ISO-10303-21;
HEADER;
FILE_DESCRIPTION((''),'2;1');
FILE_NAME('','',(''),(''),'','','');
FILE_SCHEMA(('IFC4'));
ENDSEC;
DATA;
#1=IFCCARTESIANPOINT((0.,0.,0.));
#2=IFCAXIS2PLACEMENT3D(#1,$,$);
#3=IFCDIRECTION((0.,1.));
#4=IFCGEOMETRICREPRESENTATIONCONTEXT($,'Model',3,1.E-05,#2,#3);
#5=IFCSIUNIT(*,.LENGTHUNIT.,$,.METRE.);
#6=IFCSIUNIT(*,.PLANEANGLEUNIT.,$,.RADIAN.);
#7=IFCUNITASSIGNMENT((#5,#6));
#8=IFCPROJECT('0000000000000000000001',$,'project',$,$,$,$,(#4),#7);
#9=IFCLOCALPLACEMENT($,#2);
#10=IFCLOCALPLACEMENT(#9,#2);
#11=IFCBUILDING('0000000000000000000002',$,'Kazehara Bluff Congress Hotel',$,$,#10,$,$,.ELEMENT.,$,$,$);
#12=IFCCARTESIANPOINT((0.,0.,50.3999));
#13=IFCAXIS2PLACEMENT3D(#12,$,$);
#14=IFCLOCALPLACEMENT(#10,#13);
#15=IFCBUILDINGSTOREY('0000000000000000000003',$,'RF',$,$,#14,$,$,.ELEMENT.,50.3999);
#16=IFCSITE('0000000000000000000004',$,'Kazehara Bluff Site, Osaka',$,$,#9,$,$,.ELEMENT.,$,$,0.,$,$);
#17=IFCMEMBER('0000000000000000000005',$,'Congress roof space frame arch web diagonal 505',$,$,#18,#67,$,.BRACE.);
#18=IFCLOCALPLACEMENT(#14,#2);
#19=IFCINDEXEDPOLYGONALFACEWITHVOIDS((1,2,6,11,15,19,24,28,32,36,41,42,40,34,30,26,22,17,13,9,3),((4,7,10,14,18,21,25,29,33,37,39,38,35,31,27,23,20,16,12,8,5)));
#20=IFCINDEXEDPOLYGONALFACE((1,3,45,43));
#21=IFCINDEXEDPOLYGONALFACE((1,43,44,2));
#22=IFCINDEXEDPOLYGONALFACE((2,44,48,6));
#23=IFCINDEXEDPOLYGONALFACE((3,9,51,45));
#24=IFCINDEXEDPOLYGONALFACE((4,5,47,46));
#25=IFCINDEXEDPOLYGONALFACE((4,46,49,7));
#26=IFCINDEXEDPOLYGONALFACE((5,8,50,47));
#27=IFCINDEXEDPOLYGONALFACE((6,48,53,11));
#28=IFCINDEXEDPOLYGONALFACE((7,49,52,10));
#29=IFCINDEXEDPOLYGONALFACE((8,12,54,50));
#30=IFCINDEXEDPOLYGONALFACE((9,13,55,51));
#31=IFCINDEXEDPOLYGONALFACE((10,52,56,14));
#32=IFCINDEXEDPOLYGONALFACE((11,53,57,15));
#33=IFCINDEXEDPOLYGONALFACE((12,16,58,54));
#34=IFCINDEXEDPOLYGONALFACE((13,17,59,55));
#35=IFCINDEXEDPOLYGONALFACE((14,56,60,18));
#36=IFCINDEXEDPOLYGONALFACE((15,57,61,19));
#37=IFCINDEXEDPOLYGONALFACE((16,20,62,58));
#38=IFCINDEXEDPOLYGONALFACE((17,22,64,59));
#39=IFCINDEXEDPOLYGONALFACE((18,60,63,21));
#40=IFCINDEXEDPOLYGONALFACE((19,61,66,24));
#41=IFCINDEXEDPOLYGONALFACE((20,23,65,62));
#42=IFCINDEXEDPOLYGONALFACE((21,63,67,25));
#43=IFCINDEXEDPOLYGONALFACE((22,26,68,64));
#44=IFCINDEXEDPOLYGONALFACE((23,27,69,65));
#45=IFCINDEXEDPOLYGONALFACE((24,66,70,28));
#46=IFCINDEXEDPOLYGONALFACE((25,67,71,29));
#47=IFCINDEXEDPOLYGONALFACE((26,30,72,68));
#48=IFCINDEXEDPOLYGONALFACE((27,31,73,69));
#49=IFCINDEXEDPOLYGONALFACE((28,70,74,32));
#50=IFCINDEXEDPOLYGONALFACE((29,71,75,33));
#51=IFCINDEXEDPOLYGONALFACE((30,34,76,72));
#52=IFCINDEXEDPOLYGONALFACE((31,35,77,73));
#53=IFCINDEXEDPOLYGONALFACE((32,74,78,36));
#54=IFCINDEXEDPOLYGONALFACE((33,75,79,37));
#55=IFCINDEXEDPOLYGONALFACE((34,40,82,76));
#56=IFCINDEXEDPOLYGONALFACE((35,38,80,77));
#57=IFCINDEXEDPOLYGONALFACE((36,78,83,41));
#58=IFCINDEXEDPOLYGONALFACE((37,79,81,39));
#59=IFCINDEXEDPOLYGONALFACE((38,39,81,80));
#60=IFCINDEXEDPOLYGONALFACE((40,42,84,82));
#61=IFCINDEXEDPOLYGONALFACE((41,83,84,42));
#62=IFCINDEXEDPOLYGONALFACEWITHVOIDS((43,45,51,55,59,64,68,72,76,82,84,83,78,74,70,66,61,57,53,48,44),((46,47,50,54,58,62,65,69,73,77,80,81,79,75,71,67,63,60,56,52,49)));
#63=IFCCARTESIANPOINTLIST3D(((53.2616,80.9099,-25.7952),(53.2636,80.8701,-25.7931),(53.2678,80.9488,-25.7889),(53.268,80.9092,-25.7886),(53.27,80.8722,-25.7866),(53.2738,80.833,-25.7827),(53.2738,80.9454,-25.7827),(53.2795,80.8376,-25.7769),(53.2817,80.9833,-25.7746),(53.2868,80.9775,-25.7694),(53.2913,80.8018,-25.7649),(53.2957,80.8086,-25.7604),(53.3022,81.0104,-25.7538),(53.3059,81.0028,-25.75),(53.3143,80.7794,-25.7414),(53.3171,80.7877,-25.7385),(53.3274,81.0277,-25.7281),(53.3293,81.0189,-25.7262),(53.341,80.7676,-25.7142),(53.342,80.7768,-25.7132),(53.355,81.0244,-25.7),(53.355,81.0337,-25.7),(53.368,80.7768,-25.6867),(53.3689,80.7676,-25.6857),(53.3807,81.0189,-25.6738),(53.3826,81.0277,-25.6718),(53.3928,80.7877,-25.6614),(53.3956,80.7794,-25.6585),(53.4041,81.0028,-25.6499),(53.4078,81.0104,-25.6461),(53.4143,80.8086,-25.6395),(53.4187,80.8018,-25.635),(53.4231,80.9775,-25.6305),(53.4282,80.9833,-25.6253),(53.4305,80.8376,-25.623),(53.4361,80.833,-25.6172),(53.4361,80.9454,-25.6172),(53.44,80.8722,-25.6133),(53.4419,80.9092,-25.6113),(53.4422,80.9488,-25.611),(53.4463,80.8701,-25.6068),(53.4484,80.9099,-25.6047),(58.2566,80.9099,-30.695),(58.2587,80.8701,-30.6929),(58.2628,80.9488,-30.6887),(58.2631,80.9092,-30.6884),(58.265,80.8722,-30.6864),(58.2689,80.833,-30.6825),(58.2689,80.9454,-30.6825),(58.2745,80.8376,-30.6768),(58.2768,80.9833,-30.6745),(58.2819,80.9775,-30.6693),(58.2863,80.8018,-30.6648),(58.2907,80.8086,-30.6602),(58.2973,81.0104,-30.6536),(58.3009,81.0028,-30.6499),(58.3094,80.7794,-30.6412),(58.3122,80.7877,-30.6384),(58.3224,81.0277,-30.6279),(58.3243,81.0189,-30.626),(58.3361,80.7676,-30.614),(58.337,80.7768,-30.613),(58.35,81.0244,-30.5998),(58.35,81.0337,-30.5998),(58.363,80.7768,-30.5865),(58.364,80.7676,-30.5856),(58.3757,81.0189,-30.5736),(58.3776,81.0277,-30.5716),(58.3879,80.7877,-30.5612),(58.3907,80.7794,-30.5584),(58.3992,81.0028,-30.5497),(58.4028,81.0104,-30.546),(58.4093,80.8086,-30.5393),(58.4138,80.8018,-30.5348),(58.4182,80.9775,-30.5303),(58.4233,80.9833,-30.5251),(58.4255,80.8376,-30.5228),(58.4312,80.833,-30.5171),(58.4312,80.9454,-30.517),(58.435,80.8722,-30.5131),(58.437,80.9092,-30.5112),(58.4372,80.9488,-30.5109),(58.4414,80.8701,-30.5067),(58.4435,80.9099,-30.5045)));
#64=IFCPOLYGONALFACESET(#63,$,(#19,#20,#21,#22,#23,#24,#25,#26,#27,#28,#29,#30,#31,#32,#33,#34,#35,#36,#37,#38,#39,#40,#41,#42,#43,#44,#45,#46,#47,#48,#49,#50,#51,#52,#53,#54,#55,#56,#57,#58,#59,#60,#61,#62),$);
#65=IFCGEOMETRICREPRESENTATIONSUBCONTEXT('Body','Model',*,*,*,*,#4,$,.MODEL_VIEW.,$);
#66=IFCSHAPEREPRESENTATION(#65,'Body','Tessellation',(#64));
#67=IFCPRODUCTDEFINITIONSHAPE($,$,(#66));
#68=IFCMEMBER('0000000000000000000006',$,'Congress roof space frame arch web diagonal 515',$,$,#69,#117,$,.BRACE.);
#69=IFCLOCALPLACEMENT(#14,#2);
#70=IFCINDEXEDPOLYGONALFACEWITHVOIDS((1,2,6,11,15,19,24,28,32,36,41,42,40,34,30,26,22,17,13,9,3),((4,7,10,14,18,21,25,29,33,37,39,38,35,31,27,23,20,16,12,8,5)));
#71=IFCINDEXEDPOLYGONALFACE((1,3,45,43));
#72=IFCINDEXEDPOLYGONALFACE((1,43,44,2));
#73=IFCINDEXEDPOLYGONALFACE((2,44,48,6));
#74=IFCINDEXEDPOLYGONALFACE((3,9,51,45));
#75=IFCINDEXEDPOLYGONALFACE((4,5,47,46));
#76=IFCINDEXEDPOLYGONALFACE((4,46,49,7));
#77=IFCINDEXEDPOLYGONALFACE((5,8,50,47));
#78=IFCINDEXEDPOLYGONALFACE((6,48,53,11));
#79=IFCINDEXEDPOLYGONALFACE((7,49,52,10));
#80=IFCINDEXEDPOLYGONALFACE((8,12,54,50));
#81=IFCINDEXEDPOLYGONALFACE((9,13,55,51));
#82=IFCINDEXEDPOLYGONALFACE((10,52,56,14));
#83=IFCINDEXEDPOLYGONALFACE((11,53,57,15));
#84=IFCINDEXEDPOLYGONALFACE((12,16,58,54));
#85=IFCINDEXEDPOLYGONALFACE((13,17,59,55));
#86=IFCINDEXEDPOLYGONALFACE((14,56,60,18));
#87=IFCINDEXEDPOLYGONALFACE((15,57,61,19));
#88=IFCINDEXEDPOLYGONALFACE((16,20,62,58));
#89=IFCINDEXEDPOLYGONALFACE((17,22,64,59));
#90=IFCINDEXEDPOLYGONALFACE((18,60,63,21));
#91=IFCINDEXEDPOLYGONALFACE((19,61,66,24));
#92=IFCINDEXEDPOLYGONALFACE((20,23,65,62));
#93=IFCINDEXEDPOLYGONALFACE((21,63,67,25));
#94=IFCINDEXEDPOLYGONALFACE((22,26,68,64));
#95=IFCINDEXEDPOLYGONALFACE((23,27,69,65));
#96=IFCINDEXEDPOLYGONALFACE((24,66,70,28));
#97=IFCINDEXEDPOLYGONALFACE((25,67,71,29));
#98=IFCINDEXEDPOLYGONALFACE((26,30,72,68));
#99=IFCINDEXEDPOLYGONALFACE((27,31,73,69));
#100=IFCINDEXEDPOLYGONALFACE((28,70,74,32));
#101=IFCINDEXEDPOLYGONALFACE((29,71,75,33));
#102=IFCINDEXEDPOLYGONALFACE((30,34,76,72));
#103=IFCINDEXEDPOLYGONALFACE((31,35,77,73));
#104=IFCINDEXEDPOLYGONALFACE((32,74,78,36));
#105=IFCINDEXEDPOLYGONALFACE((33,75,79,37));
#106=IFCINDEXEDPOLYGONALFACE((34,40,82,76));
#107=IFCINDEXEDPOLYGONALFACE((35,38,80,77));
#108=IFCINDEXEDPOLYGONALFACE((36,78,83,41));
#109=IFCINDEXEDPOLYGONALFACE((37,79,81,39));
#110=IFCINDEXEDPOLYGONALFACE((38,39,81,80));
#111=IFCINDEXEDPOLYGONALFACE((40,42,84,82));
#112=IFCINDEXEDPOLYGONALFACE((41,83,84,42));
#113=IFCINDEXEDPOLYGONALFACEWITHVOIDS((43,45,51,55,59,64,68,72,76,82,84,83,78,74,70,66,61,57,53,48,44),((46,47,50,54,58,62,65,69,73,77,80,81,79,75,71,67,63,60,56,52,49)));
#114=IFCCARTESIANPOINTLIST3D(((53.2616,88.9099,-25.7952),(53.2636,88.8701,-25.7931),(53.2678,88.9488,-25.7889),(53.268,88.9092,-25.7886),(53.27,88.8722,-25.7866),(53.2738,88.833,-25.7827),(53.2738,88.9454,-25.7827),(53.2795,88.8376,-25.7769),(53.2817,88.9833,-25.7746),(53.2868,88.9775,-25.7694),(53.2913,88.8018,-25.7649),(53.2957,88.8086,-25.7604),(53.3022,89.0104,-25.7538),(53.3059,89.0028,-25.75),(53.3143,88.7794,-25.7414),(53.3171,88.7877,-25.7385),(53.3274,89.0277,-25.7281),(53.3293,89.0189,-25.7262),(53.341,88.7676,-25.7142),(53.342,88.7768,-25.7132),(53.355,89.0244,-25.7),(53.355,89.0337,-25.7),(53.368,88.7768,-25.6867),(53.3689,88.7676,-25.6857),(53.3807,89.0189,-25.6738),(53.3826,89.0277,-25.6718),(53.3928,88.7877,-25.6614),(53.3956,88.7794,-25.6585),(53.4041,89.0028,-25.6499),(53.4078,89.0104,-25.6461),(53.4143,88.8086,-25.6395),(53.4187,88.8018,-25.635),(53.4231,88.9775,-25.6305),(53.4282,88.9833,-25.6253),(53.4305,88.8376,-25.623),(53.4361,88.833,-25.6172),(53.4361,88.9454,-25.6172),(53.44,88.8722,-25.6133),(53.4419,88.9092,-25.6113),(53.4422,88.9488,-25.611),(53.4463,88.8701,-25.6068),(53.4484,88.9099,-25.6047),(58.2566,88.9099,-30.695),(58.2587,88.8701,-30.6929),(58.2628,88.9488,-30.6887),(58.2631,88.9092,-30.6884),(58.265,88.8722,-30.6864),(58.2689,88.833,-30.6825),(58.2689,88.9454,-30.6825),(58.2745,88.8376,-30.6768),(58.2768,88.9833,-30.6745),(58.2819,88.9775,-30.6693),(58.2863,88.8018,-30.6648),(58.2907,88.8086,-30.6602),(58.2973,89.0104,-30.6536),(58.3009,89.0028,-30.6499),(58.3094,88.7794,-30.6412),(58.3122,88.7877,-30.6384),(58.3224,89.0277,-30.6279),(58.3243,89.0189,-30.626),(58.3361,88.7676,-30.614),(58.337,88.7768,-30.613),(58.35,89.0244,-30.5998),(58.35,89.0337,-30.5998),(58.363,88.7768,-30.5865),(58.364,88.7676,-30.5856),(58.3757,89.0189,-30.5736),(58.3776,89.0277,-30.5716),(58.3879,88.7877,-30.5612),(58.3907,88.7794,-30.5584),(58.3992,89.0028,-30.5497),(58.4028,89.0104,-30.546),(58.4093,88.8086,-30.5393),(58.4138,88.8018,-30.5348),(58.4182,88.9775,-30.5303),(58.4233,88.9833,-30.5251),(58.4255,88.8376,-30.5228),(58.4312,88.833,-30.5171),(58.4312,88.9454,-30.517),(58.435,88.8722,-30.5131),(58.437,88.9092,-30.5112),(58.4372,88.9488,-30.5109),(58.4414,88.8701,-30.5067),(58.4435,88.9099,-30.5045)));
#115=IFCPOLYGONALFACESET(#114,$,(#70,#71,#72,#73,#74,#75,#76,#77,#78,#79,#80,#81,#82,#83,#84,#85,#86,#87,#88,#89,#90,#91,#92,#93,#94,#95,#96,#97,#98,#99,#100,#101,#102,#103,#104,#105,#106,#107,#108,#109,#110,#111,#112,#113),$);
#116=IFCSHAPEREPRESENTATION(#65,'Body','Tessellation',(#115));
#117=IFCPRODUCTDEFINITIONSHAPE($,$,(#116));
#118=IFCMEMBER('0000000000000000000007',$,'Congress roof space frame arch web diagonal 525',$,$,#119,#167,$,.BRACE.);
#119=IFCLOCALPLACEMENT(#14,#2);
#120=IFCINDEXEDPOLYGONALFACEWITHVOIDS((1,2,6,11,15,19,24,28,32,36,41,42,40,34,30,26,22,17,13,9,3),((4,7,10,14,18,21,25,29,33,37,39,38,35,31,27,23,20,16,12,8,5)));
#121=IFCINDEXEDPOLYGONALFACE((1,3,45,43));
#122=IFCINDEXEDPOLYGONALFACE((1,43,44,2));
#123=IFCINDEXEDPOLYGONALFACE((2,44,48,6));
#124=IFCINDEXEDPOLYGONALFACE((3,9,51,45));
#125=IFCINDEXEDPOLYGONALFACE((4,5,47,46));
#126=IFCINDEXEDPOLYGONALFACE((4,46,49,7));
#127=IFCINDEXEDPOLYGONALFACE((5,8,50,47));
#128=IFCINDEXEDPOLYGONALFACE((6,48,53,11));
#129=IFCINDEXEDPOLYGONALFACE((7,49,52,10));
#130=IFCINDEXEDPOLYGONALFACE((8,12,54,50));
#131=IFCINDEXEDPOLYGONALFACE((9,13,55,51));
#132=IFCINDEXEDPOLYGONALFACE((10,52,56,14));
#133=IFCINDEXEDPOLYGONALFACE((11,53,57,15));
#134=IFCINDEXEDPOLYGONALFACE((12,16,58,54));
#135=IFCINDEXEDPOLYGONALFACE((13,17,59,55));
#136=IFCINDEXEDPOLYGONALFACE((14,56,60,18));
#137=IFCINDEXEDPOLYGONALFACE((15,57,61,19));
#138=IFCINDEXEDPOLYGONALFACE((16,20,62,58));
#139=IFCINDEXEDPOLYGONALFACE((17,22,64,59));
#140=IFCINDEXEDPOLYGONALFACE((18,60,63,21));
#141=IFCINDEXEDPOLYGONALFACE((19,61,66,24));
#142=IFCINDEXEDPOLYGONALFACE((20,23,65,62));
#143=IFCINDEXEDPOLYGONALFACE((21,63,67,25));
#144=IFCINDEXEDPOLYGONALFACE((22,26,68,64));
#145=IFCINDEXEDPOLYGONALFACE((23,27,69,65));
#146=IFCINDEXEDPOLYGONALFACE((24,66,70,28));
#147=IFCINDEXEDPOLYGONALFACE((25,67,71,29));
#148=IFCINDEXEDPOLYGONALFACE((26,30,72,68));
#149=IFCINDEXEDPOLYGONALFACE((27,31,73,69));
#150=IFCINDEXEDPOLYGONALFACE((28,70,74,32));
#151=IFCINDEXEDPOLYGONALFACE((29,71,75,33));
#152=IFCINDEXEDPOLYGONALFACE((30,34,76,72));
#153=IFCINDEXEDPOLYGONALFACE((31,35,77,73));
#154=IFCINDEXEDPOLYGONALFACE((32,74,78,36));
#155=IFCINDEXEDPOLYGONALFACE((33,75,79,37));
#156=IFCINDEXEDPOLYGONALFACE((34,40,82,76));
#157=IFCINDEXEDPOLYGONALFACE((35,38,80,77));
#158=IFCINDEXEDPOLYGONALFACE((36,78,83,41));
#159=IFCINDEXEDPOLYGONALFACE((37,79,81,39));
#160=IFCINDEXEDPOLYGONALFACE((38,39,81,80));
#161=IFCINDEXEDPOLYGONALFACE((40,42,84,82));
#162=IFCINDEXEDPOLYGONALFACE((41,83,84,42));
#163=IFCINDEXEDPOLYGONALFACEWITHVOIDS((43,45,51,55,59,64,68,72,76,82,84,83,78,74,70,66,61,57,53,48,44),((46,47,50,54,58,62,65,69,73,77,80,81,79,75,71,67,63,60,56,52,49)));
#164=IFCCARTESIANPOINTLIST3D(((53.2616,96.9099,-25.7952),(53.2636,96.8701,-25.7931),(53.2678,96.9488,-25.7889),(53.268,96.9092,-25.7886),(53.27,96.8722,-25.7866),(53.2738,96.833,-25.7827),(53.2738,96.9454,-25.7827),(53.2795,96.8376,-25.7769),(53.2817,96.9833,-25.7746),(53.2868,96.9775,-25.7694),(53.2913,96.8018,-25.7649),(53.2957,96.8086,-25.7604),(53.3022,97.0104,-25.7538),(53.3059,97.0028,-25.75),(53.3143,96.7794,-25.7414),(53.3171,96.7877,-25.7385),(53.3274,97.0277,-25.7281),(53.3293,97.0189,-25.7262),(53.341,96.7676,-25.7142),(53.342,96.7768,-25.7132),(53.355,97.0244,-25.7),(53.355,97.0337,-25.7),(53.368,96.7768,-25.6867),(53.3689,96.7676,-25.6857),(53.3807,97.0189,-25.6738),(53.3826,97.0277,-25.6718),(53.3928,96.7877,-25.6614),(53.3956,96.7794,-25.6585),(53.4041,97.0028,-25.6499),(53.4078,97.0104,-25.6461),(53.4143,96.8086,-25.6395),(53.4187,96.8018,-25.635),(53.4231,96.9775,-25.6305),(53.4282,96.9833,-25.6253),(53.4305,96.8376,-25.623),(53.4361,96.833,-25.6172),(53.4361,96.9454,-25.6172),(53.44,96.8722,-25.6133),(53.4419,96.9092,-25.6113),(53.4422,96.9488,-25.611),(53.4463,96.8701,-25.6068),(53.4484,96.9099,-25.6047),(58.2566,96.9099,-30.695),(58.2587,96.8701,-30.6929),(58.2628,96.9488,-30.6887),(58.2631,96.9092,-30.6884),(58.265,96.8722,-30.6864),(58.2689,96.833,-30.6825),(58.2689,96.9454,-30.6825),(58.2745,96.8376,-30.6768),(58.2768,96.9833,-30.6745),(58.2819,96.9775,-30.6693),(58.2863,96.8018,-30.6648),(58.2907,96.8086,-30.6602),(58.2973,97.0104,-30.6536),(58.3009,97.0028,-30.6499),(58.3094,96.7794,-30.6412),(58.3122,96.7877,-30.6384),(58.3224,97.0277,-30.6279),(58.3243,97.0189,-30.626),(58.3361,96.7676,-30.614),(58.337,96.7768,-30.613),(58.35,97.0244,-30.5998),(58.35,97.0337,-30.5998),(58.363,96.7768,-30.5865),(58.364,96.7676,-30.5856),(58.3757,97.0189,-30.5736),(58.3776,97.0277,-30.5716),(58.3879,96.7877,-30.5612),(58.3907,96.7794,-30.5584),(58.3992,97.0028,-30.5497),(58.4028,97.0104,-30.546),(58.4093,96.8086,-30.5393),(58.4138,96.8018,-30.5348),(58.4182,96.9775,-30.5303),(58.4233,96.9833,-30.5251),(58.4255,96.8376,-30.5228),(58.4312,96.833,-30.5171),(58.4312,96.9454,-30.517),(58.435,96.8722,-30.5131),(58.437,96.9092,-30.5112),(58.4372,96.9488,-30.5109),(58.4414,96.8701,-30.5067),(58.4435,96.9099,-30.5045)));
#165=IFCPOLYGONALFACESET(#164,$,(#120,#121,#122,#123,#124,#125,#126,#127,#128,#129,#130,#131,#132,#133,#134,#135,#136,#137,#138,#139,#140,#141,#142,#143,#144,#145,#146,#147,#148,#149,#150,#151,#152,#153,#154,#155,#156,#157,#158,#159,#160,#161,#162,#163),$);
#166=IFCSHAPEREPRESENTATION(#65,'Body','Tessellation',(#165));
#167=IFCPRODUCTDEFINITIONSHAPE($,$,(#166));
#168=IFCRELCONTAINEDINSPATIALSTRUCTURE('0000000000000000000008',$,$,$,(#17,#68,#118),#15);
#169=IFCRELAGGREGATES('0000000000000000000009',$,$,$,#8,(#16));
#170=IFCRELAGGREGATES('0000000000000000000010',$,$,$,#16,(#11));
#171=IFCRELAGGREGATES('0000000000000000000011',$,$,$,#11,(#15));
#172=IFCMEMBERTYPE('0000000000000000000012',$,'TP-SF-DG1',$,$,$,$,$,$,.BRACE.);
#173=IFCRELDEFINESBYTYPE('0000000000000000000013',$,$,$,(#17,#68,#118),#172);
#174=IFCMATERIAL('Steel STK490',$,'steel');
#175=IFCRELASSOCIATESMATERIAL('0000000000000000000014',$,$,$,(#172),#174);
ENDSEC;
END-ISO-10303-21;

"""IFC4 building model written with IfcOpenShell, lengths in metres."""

from ifc_helpers import new_model, si_unit, direction, frame, origin, origin_2d, place, context, subcontext, project, spatial, hollow_circle, extrude, material, material_profile, profile_set, type_object, element, save


model = new_model("IFC4")

# Units and contexts
model_context = context("Model", 3, precision=1e-05, world=origin(), true_north=direction((0.0, 1.0)))
body_context = subcontext(model_context, "Body", "Model", "MODEL_VIEW")
ifc_project = project(units=[si_unit("LENGTHUNIT", "METRE"), si_unit("PLANEANGLEUNIT", "RADIAN")], contexts=[model_context])

# Site, building, storey
site_placement = place(None, origin())
site = spatial("IfcSite", under=ifc_project, at=site_placement, Name="Kazehara Bluff Site, Osaka", CompositionType="ELEMENT", RefElevation=0.0)
building_placement = place(site_placement, origin())
building = spatial("IfcBuilding", under=site, at=building_placement, Name="Kazehara Bluff Congress Hotel", CompositionType="ELEMENT")
storey_placement = place(building_placement, frame((0.0, 0.0, 50.3999)))
storey = spatial("IfcBuildingStorey", under=building, at=storey_placement, Name="RF", CompositionType="ELEMENT", Elevation=50.3999)

# Members
ifc_material_1 = material(Name="Steel STK490", Category="steel")
ifc_material_profile_1 = material_profile(ifc_material_1, hollow_circle(Radius=0.1338, WallThickness=0.0093, at=origin_2d()))
ifc_profile_set_1 = profile_set([ifc_material_profile_1], Name="Steel STK490")
member_type_1 = type_object("IfcMemberType", Name="TP-SF-DG1", PredefinedType="BRACE", material=ifc_profile_set_1)
for number, where, z_axis, x_axis, name in (
    (1, (53.355, 80.8999, -25.7), (0.713878, 0.0, -0.70027), (0.0, 1.0, 0.0), "Congress roof space frame arch web diagonal 505"),
    (2, (53.355, 88.8999, -25.7), (0.713878, 0.0, -0.70027), (0.0, 1.0, 0.0), "Congress roof space frame arch web diagonal 515"),
    (3, (53.355, 96.8999, -25.7), (0.713878, 0.0, -0.70027), (0.0, 1.0, 0.0), "Congress roof space frame arch web diagonal 525"),
):
    element("IfcMember", number, at=place(storey_placement, frame(where, z_axis=z_axis, x_axis=x_axis)), inside=storey, type_object=member_type_1, Name=name, PredefinedType="BRACE", context=body_context, shape_type="SweptSolid", body=[
        extrude(hollow_circle(Radius=0.1338, WallThickness=0.0093, at=origin_2d()), origin(), (0.0, 0.0, 1.0), 6.9971),
    ])

save(model, "model.ifc")
